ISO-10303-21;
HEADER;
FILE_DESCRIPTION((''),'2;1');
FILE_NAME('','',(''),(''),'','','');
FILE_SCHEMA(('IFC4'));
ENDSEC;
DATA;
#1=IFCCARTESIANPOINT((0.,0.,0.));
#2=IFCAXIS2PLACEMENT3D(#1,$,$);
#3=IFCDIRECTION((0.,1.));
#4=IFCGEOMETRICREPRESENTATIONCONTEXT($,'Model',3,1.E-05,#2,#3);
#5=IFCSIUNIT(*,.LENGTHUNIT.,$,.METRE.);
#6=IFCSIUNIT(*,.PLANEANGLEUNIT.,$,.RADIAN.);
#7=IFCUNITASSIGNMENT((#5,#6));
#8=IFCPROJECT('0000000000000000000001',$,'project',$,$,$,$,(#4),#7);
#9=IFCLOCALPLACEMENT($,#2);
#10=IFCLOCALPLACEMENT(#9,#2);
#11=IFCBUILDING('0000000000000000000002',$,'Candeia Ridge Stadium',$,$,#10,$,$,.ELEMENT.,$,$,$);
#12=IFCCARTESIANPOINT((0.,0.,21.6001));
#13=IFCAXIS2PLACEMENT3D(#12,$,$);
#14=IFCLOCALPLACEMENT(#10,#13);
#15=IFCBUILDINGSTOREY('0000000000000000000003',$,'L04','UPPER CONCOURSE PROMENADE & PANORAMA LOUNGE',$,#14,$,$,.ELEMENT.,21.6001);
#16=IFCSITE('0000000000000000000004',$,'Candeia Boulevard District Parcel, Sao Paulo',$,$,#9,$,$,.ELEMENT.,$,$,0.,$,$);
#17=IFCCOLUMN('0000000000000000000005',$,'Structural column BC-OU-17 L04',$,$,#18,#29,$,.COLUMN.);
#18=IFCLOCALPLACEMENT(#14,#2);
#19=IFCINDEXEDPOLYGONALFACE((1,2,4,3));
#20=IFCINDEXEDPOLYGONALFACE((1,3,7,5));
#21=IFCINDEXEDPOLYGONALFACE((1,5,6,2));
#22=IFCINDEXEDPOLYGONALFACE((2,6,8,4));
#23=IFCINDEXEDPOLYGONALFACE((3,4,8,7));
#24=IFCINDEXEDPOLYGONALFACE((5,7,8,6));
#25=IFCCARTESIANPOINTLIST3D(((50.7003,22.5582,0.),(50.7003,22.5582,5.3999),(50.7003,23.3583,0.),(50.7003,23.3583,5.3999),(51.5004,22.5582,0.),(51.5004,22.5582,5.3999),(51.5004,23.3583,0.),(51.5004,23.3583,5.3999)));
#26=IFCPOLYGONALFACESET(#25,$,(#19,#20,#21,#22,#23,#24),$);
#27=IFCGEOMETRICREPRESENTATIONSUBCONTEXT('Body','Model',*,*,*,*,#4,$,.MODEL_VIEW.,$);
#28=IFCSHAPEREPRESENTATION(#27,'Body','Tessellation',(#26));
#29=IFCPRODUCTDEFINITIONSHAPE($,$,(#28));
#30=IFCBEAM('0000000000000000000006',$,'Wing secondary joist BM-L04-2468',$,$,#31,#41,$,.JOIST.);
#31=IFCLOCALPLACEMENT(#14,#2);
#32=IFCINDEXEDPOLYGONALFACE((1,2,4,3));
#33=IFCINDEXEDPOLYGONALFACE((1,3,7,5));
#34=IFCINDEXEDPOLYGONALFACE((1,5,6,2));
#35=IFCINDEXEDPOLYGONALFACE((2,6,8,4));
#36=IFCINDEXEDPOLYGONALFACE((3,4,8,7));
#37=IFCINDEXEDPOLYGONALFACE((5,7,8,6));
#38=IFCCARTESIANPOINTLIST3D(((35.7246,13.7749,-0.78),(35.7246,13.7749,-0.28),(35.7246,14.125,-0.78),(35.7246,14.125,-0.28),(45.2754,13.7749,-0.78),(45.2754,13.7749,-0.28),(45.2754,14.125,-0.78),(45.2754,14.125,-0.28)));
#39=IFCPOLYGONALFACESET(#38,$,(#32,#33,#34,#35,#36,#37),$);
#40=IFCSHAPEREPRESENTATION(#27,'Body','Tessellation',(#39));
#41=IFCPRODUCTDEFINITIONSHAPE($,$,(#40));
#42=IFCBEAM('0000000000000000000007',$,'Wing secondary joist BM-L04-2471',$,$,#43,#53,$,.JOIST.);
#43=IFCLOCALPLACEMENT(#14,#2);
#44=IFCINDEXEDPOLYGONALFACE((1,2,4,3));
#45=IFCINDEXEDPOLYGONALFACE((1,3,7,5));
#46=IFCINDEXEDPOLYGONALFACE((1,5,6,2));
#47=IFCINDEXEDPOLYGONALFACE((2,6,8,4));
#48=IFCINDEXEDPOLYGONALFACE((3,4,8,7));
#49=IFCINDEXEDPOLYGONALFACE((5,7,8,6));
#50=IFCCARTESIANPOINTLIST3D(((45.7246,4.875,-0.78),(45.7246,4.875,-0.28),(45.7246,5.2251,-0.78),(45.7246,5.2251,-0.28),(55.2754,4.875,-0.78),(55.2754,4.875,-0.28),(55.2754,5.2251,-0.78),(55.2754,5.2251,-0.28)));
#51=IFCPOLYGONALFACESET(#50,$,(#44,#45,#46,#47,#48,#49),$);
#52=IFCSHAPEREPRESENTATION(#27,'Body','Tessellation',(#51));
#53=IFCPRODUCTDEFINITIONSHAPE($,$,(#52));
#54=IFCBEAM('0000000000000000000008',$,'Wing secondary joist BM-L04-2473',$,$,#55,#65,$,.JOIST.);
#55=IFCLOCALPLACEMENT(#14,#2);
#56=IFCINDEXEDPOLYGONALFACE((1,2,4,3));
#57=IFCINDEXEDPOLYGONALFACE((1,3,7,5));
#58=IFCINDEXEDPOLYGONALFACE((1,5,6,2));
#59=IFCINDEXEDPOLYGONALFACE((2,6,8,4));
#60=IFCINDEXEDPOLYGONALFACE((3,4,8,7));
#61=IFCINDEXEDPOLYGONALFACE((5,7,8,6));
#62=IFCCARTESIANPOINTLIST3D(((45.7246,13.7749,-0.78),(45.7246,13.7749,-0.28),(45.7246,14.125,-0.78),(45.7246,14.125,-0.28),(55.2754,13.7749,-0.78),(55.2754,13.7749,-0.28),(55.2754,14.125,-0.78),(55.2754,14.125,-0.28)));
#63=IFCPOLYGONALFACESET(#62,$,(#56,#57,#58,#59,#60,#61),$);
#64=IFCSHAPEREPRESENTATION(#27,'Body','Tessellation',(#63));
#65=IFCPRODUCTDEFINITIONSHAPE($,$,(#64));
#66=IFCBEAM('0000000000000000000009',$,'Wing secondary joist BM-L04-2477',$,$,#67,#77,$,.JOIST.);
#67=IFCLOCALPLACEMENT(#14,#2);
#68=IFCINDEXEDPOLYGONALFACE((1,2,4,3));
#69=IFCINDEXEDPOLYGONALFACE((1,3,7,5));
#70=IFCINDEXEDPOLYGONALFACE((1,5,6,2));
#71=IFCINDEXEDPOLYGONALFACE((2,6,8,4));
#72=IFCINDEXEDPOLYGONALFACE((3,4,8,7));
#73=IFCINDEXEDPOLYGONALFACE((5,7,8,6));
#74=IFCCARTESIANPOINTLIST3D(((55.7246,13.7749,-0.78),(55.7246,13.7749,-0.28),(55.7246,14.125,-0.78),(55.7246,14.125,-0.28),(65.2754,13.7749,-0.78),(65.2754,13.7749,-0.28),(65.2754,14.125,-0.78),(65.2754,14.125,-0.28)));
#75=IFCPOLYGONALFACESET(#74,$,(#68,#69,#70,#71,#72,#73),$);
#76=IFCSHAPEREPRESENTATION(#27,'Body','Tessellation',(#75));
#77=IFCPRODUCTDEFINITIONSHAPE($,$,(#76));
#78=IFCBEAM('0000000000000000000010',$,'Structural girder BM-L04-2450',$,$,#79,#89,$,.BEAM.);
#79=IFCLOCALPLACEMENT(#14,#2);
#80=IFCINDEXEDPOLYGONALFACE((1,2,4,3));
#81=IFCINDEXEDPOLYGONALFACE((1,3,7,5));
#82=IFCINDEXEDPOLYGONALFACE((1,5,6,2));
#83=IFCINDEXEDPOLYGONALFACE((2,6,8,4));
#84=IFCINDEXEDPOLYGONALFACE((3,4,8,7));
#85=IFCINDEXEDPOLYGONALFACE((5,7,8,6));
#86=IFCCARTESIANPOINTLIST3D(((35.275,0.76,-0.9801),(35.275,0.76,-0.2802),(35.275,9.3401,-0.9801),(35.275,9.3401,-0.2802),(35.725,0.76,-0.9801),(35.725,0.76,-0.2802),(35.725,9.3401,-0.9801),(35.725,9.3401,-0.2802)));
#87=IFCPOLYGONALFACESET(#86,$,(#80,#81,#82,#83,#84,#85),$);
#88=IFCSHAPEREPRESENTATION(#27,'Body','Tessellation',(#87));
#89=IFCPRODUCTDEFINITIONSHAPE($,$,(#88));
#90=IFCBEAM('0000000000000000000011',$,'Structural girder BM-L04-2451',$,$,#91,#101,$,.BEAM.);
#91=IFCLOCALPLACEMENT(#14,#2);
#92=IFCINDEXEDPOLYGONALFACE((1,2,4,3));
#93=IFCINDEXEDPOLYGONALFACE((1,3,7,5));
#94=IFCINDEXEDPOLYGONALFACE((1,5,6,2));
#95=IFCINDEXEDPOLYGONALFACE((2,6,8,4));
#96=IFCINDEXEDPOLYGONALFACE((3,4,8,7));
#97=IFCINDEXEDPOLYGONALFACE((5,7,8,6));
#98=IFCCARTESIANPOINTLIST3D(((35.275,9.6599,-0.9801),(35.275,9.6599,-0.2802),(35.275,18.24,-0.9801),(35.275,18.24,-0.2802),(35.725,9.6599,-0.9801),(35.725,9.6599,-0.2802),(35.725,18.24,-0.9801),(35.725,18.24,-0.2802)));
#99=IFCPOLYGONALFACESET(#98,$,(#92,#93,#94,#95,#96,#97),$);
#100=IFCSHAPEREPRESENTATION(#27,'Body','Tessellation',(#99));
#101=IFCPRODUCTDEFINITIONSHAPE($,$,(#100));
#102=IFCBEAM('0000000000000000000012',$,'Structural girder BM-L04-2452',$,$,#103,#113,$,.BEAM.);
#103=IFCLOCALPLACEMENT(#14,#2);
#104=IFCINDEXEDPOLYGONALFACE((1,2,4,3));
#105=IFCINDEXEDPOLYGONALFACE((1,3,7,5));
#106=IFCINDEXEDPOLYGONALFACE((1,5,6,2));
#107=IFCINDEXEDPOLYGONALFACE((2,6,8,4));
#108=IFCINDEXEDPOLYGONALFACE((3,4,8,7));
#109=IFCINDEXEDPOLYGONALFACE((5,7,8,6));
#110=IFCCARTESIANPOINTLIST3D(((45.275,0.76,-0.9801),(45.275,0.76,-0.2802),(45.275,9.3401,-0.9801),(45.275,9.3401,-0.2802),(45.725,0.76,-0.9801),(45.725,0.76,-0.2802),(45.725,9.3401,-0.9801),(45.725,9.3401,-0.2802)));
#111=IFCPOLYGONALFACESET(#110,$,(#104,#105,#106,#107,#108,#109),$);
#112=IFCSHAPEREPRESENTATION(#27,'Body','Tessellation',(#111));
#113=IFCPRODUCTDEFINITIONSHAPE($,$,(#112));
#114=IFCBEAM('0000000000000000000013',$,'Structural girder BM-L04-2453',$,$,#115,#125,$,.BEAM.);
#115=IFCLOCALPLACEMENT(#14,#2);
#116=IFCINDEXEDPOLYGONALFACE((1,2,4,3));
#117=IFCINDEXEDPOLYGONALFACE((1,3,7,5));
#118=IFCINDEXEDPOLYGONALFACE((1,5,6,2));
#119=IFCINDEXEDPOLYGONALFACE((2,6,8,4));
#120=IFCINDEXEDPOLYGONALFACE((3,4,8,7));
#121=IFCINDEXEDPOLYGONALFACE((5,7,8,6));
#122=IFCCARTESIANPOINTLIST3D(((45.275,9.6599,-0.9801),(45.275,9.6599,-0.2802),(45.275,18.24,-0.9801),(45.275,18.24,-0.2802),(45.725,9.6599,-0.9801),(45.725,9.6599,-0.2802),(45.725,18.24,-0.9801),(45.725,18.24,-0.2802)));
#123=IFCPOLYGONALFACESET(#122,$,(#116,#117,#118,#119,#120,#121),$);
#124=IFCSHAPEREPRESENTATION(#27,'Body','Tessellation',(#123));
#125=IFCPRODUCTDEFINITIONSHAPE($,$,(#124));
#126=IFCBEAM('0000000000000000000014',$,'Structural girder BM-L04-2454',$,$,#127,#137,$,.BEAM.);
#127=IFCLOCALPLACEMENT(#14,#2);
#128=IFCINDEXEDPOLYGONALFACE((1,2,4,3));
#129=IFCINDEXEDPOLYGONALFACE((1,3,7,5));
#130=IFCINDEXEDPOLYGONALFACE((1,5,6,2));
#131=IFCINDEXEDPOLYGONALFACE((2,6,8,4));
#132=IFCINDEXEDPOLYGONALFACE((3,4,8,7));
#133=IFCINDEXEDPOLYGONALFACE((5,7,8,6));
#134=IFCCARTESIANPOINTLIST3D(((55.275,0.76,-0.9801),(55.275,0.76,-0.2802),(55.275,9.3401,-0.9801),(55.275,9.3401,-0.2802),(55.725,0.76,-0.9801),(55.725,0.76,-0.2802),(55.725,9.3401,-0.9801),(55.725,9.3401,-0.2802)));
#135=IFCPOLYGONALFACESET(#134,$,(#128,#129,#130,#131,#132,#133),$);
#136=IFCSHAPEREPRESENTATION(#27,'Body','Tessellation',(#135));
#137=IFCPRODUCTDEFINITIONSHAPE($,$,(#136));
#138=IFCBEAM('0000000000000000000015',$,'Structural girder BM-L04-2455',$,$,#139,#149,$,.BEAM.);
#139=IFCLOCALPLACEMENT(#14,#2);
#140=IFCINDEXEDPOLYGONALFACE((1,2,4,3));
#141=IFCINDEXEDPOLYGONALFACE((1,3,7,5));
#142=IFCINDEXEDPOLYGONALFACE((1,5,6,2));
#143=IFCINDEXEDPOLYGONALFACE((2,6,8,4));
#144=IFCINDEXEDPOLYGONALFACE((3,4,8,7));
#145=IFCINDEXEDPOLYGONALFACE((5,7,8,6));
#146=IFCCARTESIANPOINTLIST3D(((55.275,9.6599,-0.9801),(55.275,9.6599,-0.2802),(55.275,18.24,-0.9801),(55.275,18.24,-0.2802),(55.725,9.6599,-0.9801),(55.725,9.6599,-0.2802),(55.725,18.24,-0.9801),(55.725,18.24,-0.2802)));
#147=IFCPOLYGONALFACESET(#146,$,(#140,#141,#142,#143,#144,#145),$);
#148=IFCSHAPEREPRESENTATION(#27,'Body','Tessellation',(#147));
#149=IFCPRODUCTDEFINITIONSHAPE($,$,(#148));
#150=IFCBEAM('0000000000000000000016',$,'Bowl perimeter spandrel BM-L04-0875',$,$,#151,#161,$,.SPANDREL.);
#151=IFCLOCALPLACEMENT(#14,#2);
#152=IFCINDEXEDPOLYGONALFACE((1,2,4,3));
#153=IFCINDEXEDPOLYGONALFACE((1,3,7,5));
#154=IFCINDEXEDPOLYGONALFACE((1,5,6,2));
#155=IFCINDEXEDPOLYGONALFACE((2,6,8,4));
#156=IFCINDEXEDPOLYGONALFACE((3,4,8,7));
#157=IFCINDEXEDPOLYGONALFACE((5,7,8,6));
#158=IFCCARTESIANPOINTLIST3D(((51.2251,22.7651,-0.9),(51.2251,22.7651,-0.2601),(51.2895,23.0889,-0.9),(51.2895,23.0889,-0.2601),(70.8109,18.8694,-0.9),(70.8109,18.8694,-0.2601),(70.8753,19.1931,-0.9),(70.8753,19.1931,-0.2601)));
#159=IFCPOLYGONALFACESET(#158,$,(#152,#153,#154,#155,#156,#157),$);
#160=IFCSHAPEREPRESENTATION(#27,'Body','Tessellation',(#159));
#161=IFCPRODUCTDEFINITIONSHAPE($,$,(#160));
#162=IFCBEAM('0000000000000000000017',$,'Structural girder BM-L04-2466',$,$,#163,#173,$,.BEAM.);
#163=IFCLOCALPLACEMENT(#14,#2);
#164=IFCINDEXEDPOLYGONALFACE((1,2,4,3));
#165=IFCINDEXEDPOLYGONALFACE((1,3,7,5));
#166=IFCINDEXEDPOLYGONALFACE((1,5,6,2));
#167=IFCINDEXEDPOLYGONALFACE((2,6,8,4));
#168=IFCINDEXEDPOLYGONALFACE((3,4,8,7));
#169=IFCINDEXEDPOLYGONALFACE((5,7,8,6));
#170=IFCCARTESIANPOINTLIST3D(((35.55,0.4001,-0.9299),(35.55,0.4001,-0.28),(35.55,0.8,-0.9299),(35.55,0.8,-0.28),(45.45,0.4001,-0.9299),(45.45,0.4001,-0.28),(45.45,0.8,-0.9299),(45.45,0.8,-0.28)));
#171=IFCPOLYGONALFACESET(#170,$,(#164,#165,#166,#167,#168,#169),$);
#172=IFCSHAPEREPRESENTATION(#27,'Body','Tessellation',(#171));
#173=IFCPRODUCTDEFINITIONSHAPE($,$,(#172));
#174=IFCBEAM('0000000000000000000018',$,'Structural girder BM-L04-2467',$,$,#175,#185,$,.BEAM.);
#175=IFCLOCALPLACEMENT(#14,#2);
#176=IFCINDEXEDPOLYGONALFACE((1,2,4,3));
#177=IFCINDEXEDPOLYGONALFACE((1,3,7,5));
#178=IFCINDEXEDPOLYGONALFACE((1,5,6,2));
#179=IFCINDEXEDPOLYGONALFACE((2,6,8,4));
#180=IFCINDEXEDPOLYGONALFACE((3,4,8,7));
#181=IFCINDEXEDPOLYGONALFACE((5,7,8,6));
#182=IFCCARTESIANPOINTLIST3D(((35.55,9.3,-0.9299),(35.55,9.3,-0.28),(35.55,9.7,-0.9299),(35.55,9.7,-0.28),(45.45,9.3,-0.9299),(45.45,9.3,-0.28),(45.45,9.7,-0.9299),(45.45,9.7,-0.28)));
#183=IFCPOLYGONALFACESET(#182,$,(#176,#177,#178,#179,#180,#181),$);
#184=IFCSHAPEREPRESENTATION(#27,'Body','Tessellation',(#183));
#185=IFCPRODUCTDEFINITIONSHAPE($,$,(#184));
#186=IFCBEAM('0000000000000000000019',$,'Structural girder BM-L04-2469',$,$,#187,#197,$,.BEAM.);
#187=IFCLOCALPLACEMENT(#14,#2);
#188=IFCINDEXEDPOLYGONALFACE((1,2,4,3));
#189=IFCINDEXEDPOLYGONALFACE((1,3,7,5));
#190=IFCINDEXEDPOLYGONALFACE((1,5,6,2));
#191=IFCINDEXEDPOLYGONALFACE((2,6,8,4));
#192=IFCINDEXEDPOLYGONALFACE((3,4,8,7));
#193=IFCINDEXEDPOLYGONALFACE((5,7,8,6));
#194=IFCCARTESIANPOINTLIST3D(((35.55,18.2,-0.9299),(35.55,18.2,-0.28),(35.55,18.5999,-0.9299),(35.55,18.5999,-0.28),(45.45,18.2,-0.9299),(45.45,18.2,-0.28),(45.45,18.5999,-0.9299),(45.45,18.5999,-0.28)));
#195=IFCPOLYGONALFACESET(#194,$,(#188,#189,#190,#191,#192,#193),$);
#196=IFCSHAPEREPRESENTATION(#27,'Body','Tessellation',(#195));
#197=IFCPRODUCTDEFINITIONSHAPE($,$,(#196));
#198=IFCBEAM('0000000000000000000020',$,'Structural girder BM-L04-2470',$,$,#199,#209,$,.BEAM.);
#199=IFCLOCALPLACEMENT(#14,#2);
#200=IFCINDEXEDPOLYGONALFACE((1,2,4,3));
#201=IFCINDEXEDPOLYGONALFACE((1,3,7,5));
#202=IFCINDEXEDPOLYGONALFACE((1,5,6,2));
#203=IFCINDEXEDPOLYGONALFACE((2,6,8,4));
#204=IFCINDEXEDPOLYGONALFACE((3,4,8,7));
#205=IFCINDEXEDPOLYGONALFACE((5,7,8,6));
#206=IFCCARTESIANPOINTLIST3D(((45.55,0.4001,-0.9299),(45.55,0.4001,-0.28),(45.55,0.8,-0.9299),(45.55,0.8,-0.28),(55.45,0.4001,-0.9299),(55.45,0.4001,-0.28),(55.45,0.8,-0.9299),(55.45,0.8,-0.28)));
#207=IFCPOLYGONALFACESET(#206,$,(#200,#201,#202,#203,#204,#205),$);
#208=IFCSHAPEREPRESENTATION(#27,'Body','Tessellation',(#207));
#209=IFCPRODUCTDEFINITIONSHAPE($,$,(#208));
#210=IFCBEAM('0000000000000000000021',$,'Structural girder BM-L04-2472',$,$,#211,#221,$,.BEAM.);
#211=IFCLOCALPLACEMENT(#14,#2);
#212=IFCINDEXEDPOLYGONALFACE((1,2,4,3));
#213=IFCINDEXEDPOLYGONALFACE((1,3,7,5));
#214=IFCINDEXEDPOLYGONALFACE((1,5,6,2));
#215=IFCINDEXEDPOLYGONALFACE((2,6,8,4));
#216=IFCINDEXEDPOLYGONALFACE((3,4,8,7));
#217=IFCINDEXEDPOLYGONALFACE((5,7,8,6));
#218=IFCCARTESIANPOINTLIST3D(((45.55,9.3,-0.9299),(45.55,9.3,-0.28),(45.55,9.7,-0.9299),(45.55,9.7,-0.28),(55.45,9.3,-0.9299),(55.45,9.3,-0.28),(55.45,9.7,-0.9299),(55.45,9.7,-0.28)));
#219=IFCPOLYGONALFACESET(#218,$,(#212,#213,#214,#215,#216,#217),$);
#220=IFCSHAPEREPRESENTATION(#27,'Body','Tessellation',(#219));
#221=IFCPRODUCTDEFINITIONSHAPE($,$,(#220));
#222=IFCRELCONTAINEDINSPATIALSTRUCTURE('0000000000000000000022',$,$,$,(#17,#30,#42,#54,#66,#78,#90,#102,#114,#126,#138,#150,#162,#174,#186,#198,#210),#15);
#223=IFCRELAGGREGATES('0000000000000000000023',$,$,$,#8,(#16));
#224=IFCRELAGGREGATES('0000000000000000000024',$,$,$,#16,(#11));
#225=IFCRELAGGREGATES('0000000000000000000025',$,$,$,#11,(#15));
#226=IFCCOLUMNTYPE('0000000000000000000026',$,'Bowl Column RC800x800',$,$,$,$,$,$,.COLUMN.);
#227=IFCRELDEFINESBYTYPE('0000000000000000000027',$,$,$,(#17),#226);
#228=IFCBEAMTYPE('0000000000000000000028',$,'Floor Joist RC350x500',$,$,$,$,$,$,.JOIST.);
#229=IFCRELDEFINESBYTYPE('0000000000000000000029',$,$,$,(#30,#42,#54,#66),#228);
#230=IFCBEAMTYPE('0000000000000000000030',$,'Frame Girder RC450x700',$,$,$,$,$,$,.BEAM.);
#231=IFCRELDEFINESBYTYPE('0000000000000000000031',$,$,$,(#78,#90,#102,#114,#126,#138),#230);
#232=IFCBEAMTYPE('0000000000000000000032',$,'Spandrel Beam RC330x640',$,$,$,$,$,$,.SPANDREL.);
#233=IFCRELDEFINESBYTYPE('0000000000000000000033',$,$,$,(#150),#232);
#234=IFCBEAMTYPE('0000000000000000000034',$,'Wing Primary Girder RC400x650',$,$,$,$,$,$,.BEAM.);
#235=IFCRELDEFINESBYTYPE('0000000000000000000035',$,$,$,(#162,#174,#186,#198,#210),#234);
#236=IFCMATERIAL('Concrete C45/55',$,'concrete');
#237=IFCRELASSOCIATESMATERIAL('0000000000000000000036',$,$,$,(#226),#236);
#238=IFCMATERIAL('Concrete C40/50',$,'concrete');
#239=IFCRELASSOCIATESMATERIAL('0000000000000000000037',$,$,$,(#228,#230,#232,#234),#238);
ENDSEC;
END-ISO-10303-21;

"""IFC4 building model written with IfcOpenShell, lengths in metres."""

from ifc_helpers import new_model, si_unit, direction, frame, origin, origin_2d, place, context, subcontext, project, spatial, rectangle, extrude, material, material_profile, profile_set, type_object, element, save


model = new_model("IFC4")

# Units and contexts
model_context = context("Model", 3, precision=1e-05, world=origin(), true_north=direction((0.0, 1.0)))
body_context = subcontext(model_context, "Body", "Model", "MODEL_VIEW")
ifc_project = project(units=[si_unit("LENGTHUNIT", "METRE"), si_unit("PLANEANGLEUNIT", "RADIAN")], contexts=[model_context])

# Site, building, storey
site_placement = place(None, origin())
site = spatial("IfcSite", under=ifc_project, at=site_placement, Name="Candeia Boulevard District Parcel, Sao Paulo", CompositionType="ELEMENT", RefElevation=0.0)
building_placement = place(site_placement, origin())
building = spatial("IfcBuilding", under=site, at=building_placement, Name="Candeia Ridge Stadium", CompositionType="ELEMENT")
storey_placement = place(building_placement, frame((0.0, 0.0, 21.6001)))
storey = spatial("IfcBuildingStorey", under=building, at=storey_placement, Name="L04", Description="UPPER CONCOURSE PROMENADE & PANORAMA LOUNGE", CompositionType="ELEMENT", Elevation=21.6001)

# Column
ifc_material_1 = material(Name="Concrete C45/55", Category="concrete")
ifc_material_profile_1 = material_profile(ifc_material_1, rectangle(XDim=0.8, YDim=0.8, at=origin_2d()), Name="RC800x800", Category="concrete")
ifc_profile_set_1 = profile_set([ifc_material_profile_1], Name="Concrete C45/55")
column_type = type_object("IfcColumnType", Name="Bowl Column RC800x800", PredefinedType="COLUMN", material=ifc_profile_set_1)
column_placement = place(storey_placement, frame((51.1003, 22.9583, 0.0), z_axis=(0.0, 0.0, 1.0), x_axis=(1.0, 0.0, 0.0)))
element("IfcColumn", 1, at=column_placement, inside=storey, type_object=column_type, Name="Structural column BC-OU-17 L04", PredefinedType="COLUMN", context=body_context, shape_type="SweptSolid", body=[
    extrude(rectangle(XDim=0.8, YDim=0.8, at=origin_2d()), origin(), (0.0, 0.0, 1.0), 5.3999),
])

# Beams
ifc_material_2 = material(Name="Concrete C40/50", Category="concrete")
ifc_material_profile_2 = material_profile(ifc_material_2, rectangle(XDim=0.3501, YDim=0.5, at=origin_2d()), Name="RC350x500", Category="concrete")
ifc_profile_set_2 = profile_set([ifc_material_profile_2], Name="Concrete C40/50")
beam_type_1 = type_object("IfcBeamType", Name="Floor Joist RC350x500", PredefinedType="JOIST", material=ifc_profile_set_2)
for number, where, z_axis, x_axis, name in (
    (2, (35.7246, 13.95, -0.53), (1.0, 0.0, 0.0), (0.0, 1.0, 0.0), "Wing secondary joist BM-L04-2468"),
    (3, (45.7246, 5.05, -0.53), (1.0, 0.0, 0.0), (0.0, 1.0, 0.0), "Wing secondary joist BM-L04-2471"),
    (4, (45.7246, 13.95, -0.53), (1.0, 0.0, 0.0), (0.0, 1.0, 0.0), "Wing secondary joist BM-L04-2473"),
    (5, (55.7246, 13.95, -0.53), (1.0, 0.0, 0.0), (0.0, 1.0, 0.0), "Wing secondary joist BM-L04-2477"),
):
    element("IfcBeam", number, at=place(storey_placement, frame(where, z_axis=z_axis, x_axis=x_axis)), inside=storey, type_object=beam_type_1, Name=name, PredefinedType="JOIST", context=body_context, shape_type="SweptSolid", body=[
        extrude(rectangle(XDim=0.3501, YDim=0.5, at=origin_2d()), origin(), (0.0, 0.0, 1.0), 9.5508),
    ])
ifc_material_profile_3 = material_profile(ifc_material_2, rectangle(XDim=0.45, YDim=0.7, at=origin_2d()), Name="RC450x700", Category="concrete")
ifc_profile_set_3 = profile_set([ifc_material_profile_3], Name="Concrete C40/50")
beam_type_2 = type_object("IfcBeamType", Name="Frame Girder RC450x700", PredefinedType="BEAM", material=ifc_profile_set_3)
for number, where, z_axis, x_axis, name in (
    (6, (35.5, 0.76, -0.6301), (0.0, 1.0, 0.0), (-1.0, 0.0, 0.0), "Structural girder BM-L04-2450"),
    (7, (35.5, 9.6599, -0.6301), (0.0, 1.0, 0.0), (-1.0, 0.0, 0.0), "Structural girder BM-L04-2451"),
    (8, (45.5, 0.76, -0.6301), (0.0, 1.0, 0.0), (-1.0, 0.0, 0.0), "Structural girder BM-L04-2452"),
    (9, (45.5, 9.6599, -0.6301), (0.0, 1.0, 0.0), (-1.0, 0.0, 0.0), "Structural girder BM-L04-2453"),
    (10, (55.5, 0.76, -0.6301), (0.0, 1.0, 0.0), (-1.0, 0.0, 0.0), "Structural girder BM-L04-2454"),
    (11, (55.5, 9.6599, -0.6301), (0.0, 1.0, 0.0), (-1.0, 0.0, 0.0), "Structural girder BM-L04-2455"),
):
    element("IfcBeam", number, at=place(storey_placement, frame(where, z_axis=z_axis, x_axis=x_axis)), inside=storey, type_object=beam_type_2, Name=name, PredefinedType="BEAM", context=body_context, shape_type="SweptSolid", body=[
        extrude(rectangle(XDim=0.45, YDim=0.7, at=origin_2d()), origin(), (0.0, 0.0, 1.0), 8.5801),
    ])
ifc_material_profile_4 = material_profile(ifc_material_2, rectangle(XDim=0.3301, YDim=0.6399, at=origin_2d()), Name="RC330x640", Category="concrete")
ifc_profile_set_4 = profile_set([ifc_material_profile_4], Name="Concrete C40/50")
beam_type_3 = type_object("IfcBeamType", Name="Spandrel Beam RC330x640", PredefinedType="SPANDREL", material=ifc_profile_set_4)
beam_placement = place(storey_placement, frame((51.2573, 22.927, -0.5801), z_axis=(0.980786, -0.195086, 0.0), x_axis=(0.195086, 0.980786, 0.0)))
element("IfcBeam", 12, at=beam_placement, inside=storey, type_object=beam_type_3, Name="Bowl perimeter spandrel BM-L04-0875", PredefinedType="SPANDREL", context=body_context, shape_type="SweptSolid", body=[
    extrude(rectangle(XDim=0.3301, YDim=0.6399, at=origin_2d()), origin(), (0.0, 0.0, 1.0), 19.9695),
])
ifc_material_profile_5 = material_profile(ifc_material_2, rectangle(XDim=0.3999, YDim=0.6499, at=origin_2d()), Name="RC400x650", Category="concrete")
ifc_profile_set_5 = profile_set([ifc_material_profile_5], Name="Concrete C40/50")
beam_type_4 = type_object("IfcBeamType", Name="Wing Primary Girder RC400x650", PredefinedType="BEAM", material=ifc_profile_set_5)
for number, where, z_axis, x_axis, name in (
    (13, (35.55, 0.6001, -0.605), (1.0, 0.0, 0.0), (0.0, 1.0, 0.0), "Structural girder BM-L04-2466"),
    (14, (35.55, 9.5, -0.605), (1.0, 0.0, 0.0), (0.0, 1.0, 0.0), "Structural girder BM-L04-2467"),
    (15, (35.55, 18.3999, -0.605), (1.0, 0.0, 0.0), (0.0, 1.0, 0.0), "Structural girder BM-L04-2469"),
    (16, (45.55, 0.6001, -0.605), (1.0, 0.0, 0.0), (0.0, 1.0, 0.0), "Structural girder BM-L04-2470"),
    (17, (45.55, 9.5, -0.605), (1.0, 0.0, 0.0), (0.0, 1.0, 0.0), "Structural girder BM-L04-2472"),
):
    element("IfcBeam", number, at=place(storey_placement, frame(where, z_axis=z_axis, x_axis=x_axis)), inside=storey, type_object=beam_type_4, Name=name, PredefinedType="BEAM", context=body_context, shape_type="SweptSolid", body=[
        extrude(rectangle(XDim=0.3999, YDim=0.6499, at=origin_2d()), origin(), (0.0, 0.0, 1.0), 9.8999),
    ])

save(model, "model.ifc")
